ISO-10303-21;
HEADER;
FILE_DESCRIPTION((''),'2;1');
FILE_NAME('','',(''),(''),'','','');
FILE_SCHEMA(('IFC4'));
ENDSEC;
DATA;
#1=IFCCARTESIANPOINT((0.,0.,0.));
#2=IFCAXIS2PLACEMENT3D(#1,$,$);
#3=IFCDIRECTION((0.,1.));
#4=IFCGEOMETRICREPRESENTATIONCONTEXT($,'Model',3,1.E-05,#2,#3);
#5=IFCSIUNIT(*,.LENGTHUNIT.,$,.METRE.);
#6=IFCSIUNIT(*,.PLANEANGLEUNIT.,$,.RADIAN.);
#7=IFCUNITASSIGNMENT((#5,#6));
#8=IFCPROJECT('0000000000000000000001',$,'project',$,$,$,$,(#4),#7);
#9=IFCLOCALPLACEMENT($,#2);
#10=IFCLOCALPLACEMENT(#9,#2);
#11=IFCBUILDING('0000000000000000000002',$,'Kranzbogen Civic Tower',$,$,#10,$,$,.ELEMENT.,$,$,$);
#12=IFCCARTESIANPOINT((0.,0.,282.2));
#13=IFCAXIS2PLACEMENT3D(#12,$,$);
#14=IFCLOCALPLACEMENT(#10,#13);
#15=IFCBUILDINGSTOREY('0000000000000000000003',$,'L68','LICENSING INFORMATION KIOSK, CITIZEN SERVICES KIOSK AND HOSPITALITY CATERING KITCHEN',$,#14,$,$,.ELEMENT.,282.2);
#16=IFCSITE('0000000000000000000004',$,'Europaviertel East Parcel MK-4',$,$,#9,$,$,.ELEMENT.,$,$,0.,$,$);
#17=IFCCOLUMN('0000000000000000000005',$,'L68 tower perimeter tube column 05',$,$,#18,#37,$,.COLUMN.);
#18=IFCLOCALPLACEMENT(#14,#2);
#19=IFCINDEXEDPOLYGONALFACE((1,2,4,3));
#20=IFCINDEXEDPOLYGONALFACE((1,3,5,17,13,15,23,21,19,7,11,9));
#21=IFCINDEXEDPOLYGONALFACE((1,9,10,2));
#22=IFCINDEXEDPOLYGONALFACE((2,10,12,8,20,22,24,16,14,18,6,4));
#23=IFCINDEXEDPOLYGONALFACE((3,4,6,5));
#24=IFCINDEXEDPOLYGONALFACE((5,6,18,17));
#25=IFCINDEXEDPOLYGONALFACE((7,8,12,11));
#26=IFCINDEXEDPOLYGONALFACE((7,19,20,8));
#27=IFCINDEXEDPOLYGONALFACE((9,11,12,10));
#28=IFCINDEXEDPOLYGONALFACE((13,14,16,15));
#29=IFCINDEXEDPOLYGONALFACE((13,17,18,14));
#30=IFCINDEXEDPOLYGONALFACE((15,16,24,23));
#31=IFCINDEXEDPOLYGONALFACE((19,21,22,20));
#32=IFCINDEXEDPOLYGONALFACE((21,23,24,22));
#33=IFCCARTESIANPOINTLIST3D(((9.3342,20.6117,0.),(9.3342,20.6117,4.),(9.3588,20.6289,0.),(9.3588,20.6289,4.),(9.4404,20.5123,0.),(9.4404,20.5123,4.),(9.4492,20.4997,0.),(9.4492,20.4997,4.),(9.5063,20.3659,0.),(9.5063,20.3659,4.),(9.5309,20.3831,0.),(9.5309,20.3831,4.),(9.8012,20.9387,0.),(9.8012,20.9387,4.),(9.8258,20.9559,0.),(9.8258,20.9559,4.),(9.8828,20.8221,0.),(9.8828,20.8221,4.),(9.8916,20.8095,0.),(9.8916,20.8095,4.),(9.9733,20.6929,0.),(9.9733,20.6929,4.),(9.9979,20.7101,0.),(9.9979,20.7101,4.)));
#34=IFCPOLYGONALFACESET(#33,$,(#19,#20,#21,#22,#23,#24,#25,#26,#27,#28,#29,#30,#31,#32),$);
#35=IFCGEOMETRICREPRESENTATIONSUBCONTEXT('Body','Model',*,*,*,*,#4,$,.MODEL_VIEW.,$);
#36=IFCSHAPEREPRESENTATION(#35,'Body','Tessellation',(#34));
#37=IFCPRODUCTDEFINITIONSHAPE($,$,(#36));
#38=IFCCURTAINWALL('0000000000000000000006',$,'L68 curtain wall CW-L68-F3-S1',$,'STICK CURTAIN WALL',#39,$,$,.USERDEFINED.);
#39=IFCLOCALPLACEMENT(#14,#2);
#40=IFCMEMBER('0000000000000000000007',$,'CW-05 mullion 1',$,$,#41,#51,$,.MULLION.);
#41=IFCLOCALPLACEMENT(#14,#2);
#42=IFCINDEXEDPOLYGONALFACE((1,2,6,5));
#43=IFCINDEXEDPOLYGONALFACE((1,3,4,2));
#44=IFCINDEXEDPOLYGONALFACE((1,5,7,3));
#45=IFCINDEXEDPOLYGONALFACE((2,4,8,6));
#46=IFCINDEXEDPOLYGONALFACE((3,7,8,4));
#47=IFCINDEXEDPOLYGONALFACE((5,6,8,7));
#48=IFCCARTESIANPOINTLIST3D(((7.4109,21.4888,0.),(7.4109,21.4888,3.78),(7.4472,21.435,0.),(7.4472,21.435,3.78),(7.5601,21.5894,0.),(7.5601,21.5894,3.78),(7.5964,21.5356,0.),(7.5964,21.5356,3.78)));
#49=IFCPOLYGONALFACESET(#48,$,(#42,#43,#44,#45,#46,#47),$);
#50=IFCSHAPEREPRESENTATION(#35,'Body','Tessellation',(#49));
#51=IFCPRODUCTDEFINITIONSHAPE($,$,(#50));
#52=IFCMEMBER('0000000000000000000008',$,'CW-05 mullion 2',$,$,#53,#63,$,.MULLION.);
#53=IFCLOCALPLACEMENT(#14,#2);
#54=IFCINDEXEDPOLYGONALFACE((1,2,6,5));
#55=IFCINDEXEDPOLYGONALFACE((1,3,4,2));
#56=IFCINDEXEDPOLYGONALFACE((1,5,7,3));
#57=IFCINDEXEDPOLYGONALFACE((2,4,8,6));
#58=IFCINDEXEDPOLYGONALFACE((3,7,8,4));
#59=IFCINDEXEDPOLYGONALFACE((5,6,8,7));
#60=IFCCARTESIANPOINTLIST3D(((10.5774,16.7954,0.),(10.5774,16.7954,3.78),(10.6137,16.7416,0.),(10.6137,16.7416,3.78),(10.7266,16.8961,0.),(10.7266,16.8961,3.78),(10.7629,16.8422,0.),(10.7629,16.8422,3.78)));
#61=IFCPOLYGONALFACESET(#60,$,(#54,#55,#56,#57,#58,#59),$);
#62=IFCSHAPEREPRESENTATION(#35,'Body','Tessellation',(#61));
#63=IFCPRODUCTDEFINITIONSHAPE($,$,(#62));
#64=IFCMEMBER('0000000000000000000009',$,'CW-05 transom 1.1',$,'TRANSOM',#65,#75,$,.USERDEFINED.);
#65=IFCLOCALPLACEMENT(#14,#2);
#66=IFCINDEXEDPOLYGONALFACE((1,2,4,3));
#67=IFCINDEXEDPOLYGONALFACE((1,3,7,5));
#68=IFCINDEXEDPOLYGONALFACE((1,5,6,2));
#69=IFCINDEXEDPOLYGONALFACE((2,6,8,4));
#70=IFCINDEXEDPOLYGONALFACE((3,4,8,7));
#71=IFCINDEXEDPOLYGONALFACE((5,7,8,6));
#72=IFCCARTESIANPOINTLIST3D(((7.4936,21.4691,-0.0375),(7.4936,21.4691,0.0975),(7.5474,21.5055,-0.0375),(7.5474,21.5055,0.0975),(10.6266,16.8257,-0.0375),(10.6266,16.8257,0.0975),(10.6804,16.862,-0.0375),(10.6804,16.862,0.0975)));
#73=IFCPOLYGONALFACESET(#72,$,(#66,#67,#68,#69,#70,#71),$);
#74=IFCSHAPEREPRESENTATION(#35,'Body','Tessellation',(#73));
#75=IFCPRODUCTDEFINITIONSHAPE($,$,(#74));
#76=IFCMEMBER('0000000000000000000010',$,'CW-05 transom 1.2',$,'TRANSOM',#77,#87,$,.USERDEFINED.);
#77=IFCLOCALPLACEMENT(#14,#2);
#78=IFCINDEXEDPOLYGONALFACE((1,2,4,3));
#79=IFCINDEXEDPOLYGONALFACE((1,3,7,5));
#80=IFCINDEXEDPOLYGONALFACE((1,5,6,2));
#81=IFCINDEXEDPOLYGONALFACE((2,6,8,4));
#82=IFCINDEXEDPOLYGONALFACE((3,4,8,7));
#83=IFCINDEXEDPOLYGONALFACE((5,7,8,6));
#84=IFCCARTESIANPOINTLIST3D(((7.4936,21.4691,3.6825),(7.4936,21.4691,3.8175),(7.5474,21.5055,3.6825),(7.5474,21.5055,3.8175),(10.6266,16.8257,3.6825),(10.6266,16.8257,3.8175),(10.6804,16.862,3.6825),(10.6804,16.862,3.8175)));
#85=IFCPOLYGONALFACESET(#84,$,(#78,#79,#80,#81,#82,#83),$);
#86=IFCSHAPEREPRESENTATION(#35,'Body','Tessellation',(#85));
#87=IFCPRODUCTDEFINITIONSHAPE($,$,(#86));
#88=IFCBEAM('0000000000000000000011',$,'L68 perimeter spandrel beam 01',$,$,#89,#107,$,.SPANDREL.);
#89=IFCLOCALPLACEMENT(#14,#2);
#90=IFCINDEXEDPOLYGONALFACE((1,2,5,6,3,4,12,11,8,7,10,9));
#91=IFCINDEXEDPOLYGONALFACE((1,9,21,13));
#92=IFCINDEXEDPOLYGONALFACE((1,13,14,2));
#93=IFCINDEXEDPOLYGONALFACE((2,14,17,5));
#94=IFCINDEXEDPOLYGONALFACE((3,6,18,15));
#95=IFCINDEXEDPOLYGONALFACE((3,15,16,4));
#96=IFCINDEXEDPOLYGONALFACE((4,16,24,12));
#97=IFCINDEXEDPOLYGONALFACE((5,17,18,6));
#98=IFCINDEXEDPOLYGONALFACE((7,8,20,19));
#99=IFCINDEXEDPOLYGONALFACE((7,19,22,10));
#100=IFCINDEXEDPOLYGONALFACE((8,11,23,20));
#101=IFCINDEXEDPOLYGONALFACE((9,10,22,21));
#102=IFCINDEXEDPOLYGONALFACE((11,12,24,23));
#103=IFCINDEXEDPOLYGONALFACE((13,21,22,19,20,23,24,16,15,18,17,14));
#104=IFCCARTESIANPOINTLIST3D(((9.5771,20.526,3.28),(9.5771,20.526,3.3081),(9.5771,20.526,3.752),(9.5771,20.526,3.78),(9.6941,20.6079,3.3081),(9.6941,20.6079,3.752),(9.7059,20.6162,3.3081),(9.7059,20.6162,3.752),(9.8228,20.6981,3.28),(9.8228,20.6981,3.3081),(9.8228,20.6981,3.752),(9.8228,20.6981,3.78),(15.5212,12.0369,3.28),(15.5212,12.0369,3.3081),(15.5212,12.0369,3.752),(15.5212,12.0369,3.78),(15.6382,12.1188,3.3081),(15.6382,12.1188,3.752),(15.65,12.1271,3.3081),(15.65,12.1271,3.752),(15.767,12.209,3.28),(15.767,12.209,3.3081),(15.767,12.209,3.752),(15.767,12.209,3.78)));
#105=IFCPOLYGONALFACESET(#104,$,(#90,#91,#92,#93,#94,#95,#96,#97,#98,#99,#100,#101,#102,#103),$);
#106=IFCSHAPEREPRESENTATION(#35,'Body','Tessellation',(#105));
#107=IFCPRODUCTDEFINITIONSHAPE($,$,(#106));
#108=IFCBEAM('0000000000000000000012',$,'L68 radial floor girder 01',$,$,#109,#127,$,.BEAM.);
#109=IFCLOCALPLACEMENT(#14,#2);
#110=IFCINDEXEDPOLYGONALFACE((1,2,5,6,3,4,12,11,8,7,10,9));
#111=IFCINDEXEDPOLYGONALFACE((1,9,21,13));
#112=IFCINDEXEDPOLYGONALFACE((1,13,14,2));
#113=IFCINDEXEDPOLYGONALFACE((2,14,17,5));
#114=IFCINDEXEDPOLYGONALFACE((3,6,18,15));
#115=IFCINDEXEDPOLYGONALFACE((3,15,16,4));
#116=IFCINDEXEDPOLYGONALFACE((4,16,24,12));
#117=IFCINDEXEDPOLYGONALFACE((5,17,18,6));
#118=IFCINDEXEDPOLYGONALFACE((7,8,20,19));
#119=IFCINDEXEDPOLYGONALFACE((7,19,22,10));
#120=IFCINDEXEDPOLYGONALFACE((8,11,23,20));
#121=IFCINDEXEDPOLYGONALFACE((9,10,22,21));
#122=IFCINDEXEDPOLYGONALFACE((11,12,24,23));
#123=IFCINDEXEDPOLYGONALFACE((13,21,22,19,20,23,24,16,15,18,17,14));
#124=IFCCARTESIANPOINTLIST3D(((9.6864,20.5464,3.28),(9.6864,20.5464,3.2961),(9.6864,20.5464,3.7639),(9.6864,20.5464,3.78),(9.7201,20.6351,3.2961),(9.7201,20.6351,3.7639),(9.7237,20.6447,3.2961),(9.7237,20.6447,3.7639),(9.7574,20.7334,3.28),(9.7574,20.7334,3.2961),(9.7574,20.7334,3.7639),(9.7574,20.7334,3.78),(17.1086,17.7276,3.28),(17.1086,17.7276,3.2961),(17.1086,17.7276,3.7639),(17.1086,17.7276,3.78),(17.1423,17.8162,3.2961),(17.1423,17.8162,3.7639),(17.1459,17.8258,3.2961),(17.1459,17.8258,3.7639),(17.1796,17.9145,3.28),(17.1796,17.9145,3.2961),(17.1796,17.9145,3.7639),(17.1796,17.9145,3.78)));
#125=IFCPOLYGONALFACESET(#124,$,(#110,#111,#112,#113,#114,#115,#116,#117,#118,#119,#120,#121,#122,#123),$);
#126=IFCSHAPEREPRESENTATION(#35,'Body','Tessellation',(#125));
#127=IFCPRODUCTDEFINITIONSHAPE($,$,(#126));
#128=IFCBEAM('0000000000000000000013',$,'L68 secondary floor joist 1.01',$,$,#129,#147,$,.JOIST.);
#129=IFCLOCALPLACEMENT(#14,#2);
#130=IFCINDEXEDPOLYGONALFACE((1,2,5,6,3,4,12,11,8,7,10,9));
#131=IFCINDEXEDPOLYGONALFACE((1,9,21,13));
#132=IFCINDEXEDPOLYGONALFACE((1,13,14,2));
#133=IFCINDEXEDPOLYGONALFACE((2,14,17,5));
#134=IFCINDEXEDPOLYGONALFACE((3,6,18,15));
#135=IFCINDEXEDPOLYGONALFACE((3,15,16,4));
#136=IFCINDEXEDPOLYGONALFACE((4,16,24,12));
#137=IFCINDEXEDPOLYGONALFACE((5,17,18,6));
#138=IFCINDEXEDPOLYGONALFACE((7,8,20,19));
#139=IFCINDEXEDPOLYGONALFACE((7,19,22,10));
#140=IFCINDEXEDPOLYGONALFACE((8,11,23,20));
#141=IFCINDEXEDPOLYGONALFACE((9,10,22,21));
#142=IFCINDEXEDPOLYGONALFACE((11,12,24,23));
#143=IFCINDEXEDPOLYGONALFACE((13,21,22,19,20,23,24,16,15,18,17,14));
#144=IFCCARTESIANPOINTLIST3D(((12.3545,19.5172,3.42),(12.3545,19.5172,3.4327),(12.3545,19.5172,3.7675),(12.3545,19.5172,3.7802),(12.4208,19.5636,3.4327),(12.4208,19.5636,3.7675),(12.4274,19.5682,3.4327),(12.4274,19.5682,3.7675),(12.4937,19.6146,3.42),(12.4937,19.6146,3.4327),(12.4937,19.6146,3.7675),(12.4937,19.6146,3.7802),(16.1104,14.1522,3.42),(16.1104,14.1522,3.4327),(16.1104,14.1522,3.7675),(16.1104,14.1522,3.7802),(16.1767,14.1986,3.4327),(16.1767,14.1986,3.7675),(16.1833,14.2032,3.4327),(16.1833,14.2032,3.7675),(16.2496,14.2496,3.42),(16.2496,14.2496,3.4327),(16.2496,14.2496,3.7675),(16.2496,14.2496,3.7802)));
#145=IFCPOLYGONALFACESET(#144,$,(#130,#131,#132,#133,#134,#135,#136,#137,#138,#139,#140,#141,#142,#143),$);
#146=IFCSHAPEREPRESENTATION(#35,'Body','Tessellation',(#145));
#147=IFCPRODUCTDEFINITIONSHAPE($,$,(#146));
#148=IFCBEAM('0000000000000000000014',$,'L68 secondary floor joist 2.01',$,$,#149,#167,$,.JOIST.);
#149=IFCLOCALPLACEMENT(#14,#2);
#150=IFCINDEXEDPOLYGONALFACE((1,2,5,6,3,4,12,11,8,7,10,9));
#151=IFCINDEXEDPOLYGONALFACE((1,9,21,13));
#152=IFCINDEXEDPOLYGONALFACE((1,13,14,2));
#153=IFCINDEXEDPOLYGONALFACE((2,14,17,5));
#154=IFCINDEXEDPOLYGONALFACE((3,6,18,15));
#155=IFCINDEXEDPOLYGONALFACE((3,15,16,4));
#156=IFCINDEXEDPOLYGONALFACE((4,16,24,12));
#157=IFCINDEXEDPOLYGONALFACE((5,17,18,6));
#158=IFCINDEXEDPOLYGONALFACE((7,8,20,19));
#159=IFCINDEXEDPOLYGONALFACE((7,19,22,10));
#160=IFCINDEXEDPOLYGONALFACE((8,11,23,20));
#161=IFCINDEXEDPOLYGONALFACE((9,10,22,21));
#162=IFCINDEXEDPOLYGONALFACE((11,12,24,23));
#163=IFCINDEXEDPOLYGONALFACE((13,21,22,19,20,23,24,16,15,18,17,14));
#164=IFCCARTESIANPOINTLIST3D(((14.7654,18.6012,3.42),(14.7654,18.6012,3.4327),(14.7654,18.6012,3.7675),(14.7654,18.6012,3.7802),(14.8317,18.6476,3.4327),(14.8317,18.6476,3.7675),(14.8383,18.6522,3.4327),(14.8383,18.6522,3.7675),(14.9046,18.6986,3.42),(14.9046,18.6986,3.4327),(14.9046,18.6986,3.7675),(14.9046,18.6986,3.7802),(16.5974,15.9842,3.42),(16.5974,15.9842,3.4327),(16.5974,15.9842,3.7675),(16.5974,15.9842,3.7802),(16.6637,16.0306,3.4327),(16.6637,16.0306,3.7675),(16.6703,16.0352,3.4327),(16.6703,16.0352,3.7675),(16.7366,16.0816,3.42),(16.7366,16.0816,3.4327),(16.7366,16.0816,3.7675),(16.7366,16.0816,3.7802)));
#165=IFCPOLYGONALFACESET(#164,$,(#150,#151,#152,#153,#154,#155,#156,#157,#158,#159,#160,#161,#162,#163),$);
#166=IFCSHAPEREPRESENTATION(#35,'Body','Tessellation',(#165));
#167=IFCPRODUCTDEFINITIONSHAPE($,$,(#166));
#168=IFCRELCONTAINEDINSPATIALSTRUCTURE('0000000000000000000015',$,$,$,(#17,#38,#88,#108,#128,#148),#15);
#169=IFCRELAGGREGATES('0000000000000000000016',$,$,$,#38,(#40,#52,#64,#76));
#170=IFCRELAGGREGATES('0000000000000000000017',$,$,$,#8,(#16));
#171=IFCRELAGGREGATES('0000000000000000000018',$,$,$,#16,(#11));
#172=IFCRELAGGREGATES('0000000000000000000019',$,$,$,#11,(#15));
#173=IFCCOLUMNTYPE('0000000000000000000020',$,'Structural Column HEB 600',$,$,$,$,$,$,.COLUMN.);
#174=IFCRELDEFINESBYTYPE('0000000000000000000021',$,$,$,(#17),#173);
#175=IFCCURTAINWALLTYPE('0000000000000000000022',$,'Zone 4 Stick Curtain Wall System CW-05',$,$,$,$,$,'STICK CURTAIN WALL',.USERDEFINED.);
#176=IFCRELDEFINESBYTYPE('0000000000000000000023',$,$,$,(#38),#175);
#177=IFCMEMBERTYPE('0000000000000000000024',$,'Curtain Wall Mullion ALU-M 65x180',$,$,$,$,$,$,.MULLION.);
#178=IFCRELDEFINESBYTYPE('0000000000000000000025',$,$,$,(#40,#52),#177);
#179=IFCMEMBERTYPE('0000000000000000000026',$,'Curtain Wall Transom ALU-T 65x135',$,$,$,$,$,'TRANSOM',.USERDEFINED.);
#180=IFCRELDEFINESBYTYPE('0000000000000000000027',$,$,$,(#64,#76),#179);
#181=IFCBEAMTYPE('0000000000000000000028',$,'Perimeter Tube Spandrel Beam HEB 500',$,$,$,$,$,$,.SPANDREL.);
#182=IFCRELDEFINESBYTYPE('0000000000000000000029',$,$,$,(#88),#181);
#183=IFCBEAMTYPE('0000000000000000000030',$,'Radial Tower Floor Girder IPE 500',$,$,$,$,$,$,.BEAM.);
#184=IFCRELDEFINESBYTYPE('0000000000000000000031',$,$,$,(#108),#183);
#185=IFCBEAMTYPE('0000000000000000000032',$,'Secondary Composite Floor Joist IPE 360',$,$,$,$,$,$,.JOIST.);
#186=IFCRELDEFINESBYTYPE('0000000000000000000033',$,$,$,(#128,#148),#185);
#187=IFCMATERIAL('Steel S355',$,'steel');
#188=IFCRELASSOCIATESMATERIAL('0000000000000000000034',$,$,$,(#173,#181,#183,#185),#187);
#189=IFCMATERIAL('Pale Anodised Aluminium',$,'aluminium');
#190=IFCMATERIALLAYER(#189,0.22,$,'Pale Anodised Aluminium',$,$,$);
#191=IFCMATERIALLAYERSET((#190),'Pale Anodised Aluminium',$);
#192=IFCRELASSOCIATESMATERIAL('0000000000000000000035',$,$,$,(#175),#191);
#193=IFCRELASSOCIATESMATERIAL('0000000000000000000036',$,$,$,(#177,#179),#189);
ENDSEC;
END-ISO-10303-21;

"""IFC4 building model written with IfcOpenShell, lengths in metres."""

from ifc_helpers import new_model, si_unit, direction, frame, origin, origin_2d, place, context, subcontext, project, spatial, rectangle, i_section, extrude, material, layer, layer_set, material_profile, profile_set, type_object, element, aggregate, save


model = new_model("IFC4")

# Units and contexts
model_context = context("Model", 3, precision=1e-05, world=origin(), true_north=direction((0.0, 1.0)))
body_context = subcontext(model_context, "Body", "Model", "MODEL_VIEW")
ifc_project = project(units=[si_unit("LENGTHUNIT", "METRE"), si_unit("PLANEANGLEUNIT", "RADIAN")], contexts=[model_context])

# Site, building, storey
site_placement = place(None, origin())
site = spatial("IfcSite", under=ifc_project, at=site_placement, Name="Europaviertel East Parcel MK-4", CompositionType="ELEMENT", RefElevation=0.0)
building_placement = place(site_placement, origin())
building = spatial("IfcBuilding", under=site, at=building_placement, Name="Kranzbogen Civic Tower", CompositionType="ELEMENT")
storey_placement = place(building_placement, frame((0.0, 0.0, 282.2)))
storey = spatial("IfcBuildingStorey", under=building, at=storey_placement, Name="L68", Description="LICENSING INFORMATION KIOSK, CITIZEN SERVICES KIOSK AND HOSPITALITY CATERING KITCHEN", CompositionType="ELEMENT", Elevation=282.2)

# Column
ifc_material_1 = material(Name="Steel S355", Category="steel")
ifc_material_profile_1 = material_profile(ifc_material_1, i_section(OverallWidth=0.3, OverallDepth=0.6001, WebThickness=0.0154, FlangeThickness=0.03, at=origin_2d()), Name="HEB 600")
ifc_profile_set_1 = profile_set([ifc_material_profile_1], Name="Steel S355")
column_type = type_object("IfcColumnType", Name="Structural Column HEB 600", PredefinedType="COLUMN", material=ifc_profile_set_1)
column_placement = place(storey_placement, frame((9.666, 20.6609, 0.0), z_axis=(0.0, 0.0, 1.0), x_axis=(-0.573576, 0.819152, 0.0)))
element("IfcColumn", 1, at=column_placement, inside=storey, type_object=column_type, Name="L68 tower perimeter tube column 05", PredefinedType="COLUMN", context=body_context, shape_type="SweptSolid", body=[
    extrude(i_section(OverallWidth=0.3, OverallDepth=0.6001, WebThickness=0.0154, FlangeThickness=0.03, at=origin_2d()), origin(), (0.0, 0.0, 1.0), 4.0),
])

# Curtain wall, members
ifc_material_2 = material(Name="Pale Anodised Aluminium", Category="aluminium")
ifc_layer_1 = layer(ifc_material_2, 0.22, Name="Pale Anodised Aluminium")
ifc_layer_set_1 = layer_set([ifc_layer_1], Name="Pale Anodised Aluminium")
curtain_wall_type = type_object("IfcCurtainWallType", Name="Zone 4 Stick Curtain Wall System CW-05", ElementType="STICK CURTAIN WALL", PredefinedType="USERDEFINED", material=ifc_layer_set_1)
curtain_wall_placement = place(storey_placement, origin())
curtain_wall = element("IfcCurtainWall", 2, at=curtain_wall_placement, inside=storey, type_object=curtain_wall_type, Name="L68 curtain wall CW-L68-F3-S1", ObjectType="STICK CURTAIN WALL", PredefinedType="USERDEFINED")
ifc_material_profile_2 = material_profile(ifc_material_2, rectangle(XDim=0.0649, YDim=0.1799, at=origin_2d()), Name="ALU-M 65x180")
ifc_profile_set_2 = profile_set([ifc_material_profile_2], Name="Pale Anodised Aluminium")
member_type_1 = type_object("IfcMemberType", Name="Curtain Wall Mullion ALU-M 65x180", PredefinedType="MULLION", material=ifc_profile_set_2)
member_1_placement = place(storey_placement, frame((7.5037, 21.5122, 0.0), z_axis=(0.0, 0.0, 1.0), x_axis=(0.55929, -0.828972, 0.0)))
member_1 = element("IfcMember", 3, at=member_1_placement, type_object=member_type_1, Name="CW-05 mullion 1", PredefinedType="MULLION", context=body_context, shape_type="SweptSolid", body=[
    extrude(rectangle(XDim=0.0649, YDim=0.1799, at=origin_2d()), origin(), (0.0, 0.0, 1.0), 3.78),
])
member_2_placement = place(storey_placement, frame((10.6702, 16.8188, 0.0), z_axis=(0.0, 0.0, 1.0), x_axis=(0.55929, -0.828972, 0.0)))
member_2 = element("IfcMember", 4, at=member_2_placement, type_object=member_type_1, Name="CW-05 mullion 2", PredefinedType="MULLION", context=body_context, shape_type="SweptSolid", body=[
    extrude(rectangle(XDim=0.0649, YDim=0.1799, at=origin_2d()), origin(), (0.0, 0.0, 1.0), 3.78),
])
ifc_material_profile_3 = material_profile(ifc_material_2, rectangle(XDim=0.0649, YDim=0.135, at=origin_2d()), Name="ALU-T 65x135")
ifc_profile_set_3 = profile_set([ifc_material_profile_3], Name="Pale Anodised Aluminium")
member_type_2 = type_object("IfcMemberType", Name="Curtain Wall Transom ALU-T 65x135", ElementType="TRANSOM", PredefinedType="USERDEFINED", material=ifc_profile_set_3)
member_3_placement = place(storey_placement, frame((7.5205, 21.4873, 0.03), z_axis=(0.559308, -0.82896, 0.0), x_axis=(0.82896, 0.559308, 0.0)))
member_3 = element("IfcMember", 5, at=member_3_placement, type_object=member_type_2, Name="CW-05 transom 1.1", ObjectType="TRANSOM", PredefinedType="USERDEFINED", context=body_context, shape_type="SweptSolid", body=[
    extrude(rectangle(XDim=0.0649, YDim=0.135, at=origin_2d()), origin(), (0.0, 0.0, 1.0), 5.6016),
])
member_4_placement = place(storey_placement, frame((7.5205, 21.4873, 3.75), z_axis=(0.559308, -0.82896, 0.0), x_axis=(0.82896, 0.559308, 0.0)))
member_4 = element("IfcMember", 6, at=member_4_placement, type_object=member_type_2, Name="CW-05 transom 1.2", ObjectType="TRANSOM", PredefinedType="USERDEFINED", context=body_context, shape_type="SweptSolid", body=[
    extrude(rectangle(XDim=0.0649, YDim=0.135, at=origin_2d()), origin(), (0.0, 0.0, 1.0), 5.6016),
])

# Beams
ifc_material_profile_4 = material_profile(ifc_material_1, i_section(OverallWidth=0.3, OverallDepth=0.5, WebThickness=0.0144, FlangeThickness=0.0281, at=origin_2d()), Name="HEB 500")
ifc_profile_set_4 = profile_set([ifc_material_profile_4], Name="Steel S355")
beam_type_1 = type_object("IfcBeamType", Name="Perimeter Tube Spandrel Beam HEB 500", PredefinedType="SPANDREL", material=ifc_profile_set_4)
beam_1_placement = place(storey_placement, frame((9.7, 20.6121, 3.53), z_axis=(0.573578, -0.819151, 0.0), x_axis=(0.819151, 0.573578, 0.0)))
element("IfcBeam", 7, at=beam_1_placement, inside=storey, type_object=beam_type_1, Name="L68 perimeter spandrel beam 01", PredefinedType="SPANDREL", context=body_context, shape_type="SweptSolid", body=[
    extrude(i_section(OverallWidth=0.3, OverallDepth=0.5, WebThickness=0.0144, FlangeThickness=0.0281, at=origin_2d()), origin(), (0.0, 0.0, 1.0), 10.3633),
])
ifc_material_profile_5 = material_profile(ifc_material_1, i_section(OverallWidth=0.2, OverallDepth=0.5, WebThickness=0.0103, FlangeThickness=0.0161, at=origin_2d()), Name="IPE 500")
ifc_profile_set_5 = profile_set([ifc_material_profile_5], Name="Steel S355")
beam_type_2 = type_object("IfcBeamType", Name="Radial Tower Floor Girder IPE 500", PredefinedType="BEAM", material=ifc_profile_set_5)
beam_2_placement = place(storey_placement, frame((9.7219, 20.6399, 3.53), z_axis=(0.934849, -0.355046, 0.0), x_axis=(0.355046, 0.934849, 0.0)))
element("IfcBeam", 8, at=beam_2_placement, inside=storey, type_object=beam_type_2, Name="L68 radial floor girder 01", PredefinedType="BEAM", context=body_context, shape_type="SweptSolid", body=[
    extrude(i_section(OverallWidth=0.2, OverallDepth=0.5, WebThickness=0.0103, FlangeThickness=0.0161, at=origin_2d()), origin(), (0.0, 0.0, 1.0), 7.9395),
])
ifc_material_profile_6 = material_profile(ifc_material_1, i_section(OverallWidth=0.1699, OverallDepth=0.3601, WebThickness=0.0081, FlangeThickness=0.0127, at=origin_2d()), Name="IPE 360")
ifc_profile_set_6 = profile_set([ifc_material_profile_6], Name="Steel S355")
beam_type_3 = type_object("IfcBeamType", Name="Secondary Composite Floor Joist IPE 360", PredefinedType="JOIST", material=ifc_profile_set_6)
beam_3_placement = place(storey_placement, frame((12.4241, 19.5659, 3.6001), z_axis=(0.5735, -0.819206, 0.0), x_axis=(0.819206, 0.5735, 0.0)))
element("IfcBeam", 9, at=beam_3_placement, inside=storey, type_object=beam_type_3, Name="L68 secondary floor joist 1.01", PredefinedType="JOIST", context=body_context, shape_type="SweptSolid", body=[
    extrude(i_section(OverallWidth=0.1699, OverallDepth=0.3601, WebThickness=0.0081, FlangeThickness=0.0127, at=origin_2d()), origin(), (0.0, 0.0, 1.0), 6.5491),
])
beam_4_placement = place(storey_placement, frame((14.835, 18.6499, 3.6001), z_axis=(0.573498, -0.819207, 0.0), x_axis=(0.819207, 0.573498, 0.0)))
element("IfcBeam", 10, at=beam_4_placement, inside=storey, type_object=beam_type_3, Name="L68 secondary floor joist 2.01", PredefinedType="JOIST", context=body_context, shape_type="SweptSolid", body=[
    extrude(i_section(OverallWidth=0.1699, OverallDepth=0.3601, WebThickness=0.0081, FlangeThickness=0.0127, at=origin_2d()), origin(), (0.0, 0.0, 1.0), 3.1946),
])

aggregate(curtain_wall, [member_1, member_2, member_3, member_4])

save(model, "model.ifc")
